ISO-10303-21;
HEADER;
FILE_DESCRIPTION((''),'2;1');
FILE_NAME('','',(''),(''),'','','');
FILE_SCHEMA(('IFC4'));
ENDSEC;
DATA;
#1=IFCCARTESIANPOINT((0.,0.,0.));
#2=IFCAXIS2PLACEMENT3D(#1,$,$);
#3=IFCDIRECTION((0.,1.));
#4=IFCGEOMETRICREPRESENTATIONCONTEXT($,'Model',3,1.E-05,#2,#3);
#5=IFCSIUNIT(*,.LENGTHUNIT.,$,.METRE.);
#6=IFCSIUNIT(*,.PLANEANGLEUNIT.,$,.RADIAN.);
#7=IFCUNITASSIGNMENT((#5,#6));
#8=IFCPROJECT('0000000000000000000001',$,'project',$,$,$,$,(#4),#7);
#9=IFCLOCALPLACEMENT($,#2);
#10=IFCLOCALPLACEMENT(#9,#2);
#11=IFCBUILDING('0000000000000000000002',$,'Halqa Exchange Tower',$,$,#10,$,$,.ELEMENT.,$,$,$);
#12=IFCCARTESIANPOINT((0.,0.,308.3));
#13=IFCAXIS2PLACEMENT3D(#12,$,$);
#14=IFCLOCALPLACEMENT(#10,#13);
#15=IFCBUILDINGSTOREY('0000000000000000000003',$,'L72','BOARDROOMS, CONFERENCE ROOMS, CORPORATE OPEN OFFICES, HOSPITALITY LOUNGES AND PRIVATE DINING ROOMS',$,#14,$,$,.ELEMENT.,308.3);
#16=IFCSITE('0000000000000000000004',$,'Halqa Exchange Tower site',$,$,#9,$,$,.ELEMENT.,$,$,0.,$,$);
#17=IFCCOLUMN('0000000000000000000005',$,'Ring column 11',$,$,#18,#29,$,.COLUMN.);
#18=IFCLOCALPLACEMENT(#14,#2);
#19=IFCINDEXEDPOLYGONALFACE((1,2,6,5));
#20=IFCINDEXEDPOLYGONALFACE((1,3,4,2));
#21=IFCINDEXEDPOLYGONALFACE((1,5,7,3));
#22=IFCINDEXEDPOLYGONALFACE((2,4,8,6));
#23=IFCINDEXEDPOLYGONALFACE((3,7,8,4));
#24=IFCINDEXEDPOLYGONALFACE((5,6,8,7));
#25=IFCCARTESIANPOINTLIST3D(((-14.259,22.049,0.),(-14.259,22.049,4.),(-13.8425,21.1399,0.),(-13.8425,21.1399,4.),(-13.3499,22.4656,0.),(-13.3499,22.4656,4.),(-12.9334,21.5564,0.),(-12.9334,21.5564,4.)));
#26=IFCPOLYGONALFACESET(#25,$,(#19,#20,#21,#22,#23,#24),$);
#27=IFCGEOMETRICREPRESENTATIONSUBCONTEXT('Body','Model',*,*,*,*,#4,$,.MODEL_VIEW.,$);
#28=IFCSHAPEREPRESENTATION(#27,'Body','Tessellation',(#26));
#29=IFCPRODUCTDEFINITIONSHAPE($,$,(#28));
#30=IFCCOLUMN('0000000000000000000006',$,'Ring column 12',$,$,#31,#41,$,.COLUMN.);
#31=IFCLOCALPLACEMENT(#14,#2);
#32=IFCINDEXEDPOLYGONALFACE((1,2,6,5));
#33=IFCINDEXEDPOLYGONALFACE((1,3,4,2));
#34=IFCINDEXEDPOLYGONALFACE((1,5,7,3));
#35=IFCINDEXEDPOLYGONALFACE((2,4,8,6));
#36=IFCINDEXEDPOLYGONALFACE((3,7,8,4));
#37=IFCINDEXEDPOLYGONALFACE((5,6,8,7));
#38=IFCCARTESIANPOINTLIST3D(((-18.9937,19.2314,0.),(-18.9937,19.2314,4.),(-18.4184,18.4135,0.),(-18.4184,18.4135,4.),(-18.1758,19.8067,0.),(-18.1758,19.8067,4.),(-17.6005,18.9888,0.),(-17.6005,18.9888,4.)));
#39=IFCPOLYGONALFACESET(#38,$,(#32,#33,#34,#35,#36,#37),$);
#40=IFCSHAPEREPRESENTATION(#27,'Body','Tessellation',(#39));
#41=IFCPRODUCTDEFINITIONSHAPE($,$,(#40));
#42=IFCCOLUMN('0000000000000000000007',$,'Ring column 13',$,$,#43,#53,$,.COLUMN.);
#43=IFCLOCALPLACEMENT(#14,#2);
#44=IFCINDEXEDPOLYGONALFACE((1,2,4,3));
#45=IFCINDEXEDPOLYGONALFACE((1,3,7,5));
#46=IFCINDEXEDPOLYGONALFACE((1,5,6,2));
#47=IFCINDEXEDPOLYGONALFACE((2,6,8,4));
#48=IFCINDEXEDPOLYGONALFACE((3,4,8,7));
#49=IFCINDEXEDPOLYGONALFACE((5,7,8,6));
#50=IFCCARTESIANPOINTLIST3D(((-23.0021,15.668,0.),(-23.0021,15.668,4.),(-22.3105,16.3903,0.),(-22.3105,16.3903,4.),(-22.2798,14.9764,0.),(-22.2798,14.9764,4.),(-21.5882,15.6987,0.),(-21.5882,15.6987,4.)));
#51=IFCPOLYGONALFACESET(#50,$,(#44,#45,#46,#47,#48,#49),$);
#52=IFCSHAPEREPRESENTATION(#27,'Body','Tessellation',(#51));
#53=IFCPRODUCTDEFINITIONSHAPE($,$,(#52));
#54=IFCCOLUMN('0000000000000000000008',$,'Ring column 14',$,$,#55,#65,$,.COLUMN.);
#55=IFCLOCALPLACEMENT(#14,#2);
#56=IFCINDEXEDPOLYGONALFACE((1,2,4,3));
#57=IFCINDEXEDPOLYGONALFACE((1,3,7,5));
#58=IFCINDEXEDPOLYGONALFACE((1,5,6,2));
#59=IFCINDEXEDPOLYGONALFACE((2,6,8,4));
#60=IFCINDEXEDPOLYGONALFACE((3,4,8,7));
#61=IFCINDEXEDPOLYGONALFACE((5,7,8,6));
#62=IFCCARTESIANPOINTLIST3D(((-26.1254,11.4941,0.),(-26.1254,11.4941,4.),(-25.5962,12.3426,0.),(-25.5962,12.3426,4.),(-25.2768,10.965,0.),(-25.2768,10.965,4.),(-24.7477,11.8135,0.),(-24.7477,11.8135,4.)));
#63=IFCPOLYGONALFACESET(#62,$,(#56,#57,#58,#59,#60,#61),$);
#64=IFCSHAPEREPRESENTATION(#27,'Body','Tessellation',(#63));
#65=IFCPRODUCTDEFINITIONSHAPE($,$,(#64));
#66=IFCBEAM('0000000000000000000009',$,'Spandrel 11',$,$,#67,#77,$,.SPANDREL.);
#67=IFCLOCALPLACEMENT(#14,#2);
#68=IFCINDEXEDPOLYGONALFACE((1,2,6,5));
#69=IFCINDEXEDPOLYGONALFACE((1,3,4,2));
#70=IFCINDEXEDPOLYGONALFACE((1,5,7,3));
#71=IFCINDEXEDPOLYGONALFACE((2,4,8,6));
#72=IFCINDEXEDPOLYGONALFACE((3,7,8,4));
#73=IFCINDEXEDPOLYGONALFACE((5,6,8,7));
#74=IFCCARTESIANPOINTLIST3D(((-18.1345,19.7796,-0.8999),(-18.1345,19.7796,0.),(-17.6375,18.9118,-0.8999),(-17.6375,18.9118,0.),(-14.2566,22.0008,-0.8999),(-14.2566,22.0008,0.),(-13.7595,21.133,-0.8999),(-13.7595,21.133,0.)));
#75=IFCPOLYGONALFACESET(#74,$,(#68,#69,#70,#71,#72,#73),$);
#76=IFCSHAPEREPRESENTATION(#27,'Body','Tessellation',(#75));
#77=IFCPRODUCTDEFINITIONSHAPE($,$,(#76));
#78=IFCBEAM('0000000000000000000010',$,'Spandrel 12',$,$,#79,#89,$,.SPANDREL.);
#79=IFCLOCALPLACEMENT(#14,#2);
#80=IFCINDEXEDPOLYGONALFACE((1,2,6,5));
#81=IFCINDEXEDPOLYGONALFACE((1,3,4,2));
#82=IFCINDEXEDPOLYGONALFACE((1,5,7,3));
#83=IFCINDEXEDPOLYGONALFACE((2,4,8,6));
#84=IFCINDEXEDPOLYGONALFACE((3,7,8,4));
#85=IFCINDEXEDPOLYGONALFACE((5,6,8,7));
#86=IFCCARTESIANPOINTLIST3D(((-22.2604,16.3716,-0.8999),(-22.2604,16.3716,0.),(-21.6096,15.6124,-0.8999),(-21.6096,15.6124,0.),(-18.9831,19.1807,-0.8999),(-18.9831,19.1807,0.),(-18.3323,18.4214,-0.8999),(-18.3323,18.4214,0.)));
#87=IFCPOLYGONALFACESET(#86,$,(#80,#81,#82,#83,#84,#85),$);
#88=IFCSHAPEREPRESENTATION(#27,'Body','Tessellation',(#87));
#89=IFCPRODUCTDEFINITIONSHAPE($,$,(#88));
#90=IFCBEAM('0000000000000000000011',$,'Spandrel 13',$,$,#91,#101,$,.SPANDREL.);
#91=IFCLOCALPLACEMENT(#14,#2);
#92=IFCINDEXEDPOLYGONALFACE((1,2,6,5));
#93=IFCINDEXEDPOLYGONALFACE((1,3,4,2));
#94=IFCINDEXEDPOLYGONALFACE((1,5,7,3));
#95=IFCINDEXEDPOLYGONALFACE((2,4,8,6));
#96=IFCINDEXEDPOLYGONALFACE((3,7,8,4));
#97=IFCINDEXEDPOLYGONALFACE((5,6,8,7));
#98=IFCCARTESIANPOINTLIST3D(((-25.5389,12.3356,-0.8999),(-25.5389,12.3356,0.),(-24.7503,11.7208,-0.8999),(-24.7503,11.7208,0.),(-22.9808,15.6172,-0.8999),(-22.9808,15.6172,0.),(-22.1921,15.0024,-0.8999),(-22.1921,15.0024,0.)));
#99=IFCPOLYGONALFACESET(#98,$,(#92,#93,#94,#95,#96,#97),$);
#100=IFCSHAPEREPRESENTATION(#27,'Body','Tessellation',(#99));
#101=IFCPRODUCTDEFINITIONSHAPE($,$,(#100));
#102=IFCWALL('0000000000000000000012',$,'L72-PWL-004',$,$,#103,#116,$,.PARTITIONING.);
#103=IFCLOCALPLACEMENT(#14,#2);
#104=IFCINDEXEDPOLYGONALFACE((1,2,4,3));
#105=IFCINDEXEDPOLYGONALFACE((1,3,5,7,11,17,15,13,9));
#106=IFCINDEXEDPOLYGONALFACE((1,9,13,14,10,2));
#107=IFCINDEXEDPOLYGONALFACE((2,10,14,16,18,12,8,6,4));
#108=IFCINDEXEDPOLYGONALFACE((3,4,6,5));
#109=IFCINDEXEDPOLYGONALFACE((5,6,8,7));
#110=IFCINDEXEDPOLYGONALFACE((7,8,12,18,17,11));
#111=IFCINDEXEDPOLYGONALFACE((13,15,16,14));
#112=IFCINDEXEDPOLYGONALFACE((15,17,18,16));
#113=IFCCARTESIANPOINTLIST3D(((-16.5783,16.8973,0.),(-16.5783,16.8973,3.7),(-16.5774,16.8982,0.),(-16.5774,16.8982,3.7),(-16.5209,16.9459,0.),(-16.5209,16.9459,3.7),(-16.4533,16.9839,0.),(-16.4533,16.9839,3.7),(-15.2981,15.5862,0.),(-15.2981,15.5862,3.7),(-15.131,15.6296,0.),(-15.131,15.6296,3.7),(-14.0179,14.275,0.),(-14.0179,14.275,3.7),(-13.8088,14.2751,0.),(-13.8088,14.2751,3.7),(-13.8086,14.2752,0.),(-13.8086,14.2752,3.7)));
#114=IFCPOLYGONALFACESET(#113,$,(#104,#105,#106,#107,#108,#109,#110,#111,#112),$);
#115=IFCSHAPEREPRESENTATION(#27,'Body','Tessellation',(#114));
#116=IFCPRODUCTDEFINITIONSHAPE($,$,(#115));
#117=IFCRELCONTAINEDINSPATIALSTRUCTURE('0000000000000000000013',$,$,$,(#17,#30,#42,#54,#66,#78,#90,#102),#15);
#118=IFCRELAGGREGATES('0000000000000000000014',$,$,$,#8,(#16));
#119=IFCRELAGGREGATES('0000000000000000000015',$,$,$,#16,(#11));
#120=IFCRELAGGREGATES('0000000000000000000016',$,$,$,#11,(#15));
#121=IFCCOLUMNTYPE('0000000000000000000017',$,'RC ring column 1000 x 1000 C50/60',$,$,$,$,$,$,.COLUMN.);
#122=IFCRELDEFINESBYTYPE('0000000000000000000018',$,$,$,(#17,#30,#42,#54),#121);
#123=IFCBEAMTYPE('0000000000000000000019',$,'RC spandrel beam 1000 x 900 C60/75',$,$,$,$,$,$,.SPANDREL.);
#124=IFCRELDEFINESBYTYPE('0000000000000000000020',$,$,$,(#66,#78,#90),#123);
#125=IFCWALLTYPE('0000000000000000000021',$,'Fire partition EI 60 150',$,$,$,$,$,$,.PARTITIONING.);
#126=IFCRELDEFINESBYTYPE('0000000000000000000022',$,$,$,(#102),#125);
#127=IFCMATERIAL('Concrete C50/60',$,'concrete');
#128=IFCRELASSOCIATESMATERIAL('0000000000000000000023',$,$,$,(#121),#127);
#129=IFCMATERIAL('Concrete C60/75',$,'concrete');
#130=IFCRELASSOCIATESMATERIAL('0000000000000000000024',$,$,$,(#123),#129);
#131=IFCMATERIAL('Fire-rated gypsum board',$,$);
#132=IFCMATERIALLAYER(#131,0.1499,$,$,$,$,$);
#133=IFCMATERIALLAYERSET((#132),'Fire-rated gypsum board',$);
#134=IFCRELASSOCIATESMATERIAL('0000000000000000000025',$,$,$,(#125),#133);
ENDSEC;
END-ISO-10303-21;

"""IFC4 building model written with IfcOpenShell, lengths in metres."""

from ifc_helpers import new_model, si_unit, direction, frame, origin, origin_2d, place, context, subcontext, project, spatial, polyline, rectangle, outline, extrude, material, layer, layer_set, material_profile, profile_set, type_object, element, save


model = new_model("IFC4")

# Units and contexts
model_context = context("Model", 3, precision=1e-05, world=origin(), true_north=direction((0.0, 1.0)))
body_context = subcontext(model_context, "Body", "Model", "MODEL_VIEW")
ifc_project = project(units=[si_unit("LENGTHUNIT", "METRE"), si_unit("PLANEANGLEUNIT", "RADIAN")], contexts=[model_context])

# Site, building, storey
site_placement = place(None, origin())
site = spatial("IfcSite", under=ifc_project, at=site_placement, Name="Halqa Exchange Tower site", CompositionType="ELEMENT", RefElevation=0.0)
building_placement = place(site_placement, origin())
building = spatial("IfcBuilding", under=site, at=building_placement, Name="Halqa Exchange Tower", CompositionType="ELEMENT")
storey_placement = place(building_placement, frame((0.0, 0.0, 308.3)))
storey = spatial("IfcBuildingStorey", under=building, at=storey_placement, Name="L72", Description="BOARDROOMS, CONFERENCE ROOMS, CORPORATE OPEN OFFICES, HOSPITALITY LOUNGES AND PRIVATE DINING ROOMS", CompositionType="ELEMENT", Elevation=308.3)

# Columns
ifc_material_1 = material(Name="Concrete C50/60", Category="concrete")
ifc_material_profile_1 = material_profile(ifc_material_1, rectangle(XDim=1.0, YDim=1.0, at=origin_2d()), Name="1000 x 1000")
ifc_profile_set_1 = profile_set([ifc_material_profile_1], Name="Concrete C50/60")
column_type = type_object("IfcColumnType", Name="RC ring column 1000 x 1000 C50/60", PredefinedType="COLUMN", material=ifc_profile_set_1)
for number, where, z_axis, x_axis, name in (
    (1, (-13.5962, 21.8027, 0.0), (0.0, 0.0, 1.0), (-0.909126, -0.41652, 0.0), "Ring column 11"),
    (2, (-18.2971, 19.1101, 0.0), (0.0, 0.0, 1.0), (-0.817904, -0.575355, 0.0), "Ring column 12"),
    (3, (-22.2952, 15.6833, 0.0), (0.0, 0.0, 1.0), (-0.691581, -0.722299, 0.0), "Ring column 13"),
    (4, (-25.4365, 11.6538, 0.0), (0.0, 0.0, 1.0), (-0.529151, -0.848528, 0.0), "Ring column 14"),
):
    element("IfcColumn", number, at=place(storey_placement, frame(where, z_axis=z_axis, x_axis=x_axis)), inside=storey, type_object=column_type, Name=name, PredefinedType="COLUMN", context=body_context, shape_type="SweptSolid", body=[
        extrude(rectangle(XDim=1.0, YDim=1.0, at=origin_2d()), origin(), (0.0, 0.0, 1.0), 4.0),
    ])

# Beams
ifc_material_2 = material(Name="Concrete C60/75", Category="concrete")
ifc_material_profile_2 = material_profile(ifc_material_2, rectangle(XDim=1.0, YDim=0.8999, at=origin_2d()), Name="1000 x 900")
ifc_profile_set_2 = profile_set([ifc_material_profile_2], Name="Concrete C60/75")
beam_type = type_object("IfcBeamType", Name="RC spandrel beam 1000 x 900 C60/75", PredefinedType="SPANDREL", material=ifc_profile_set_2)
beam_1_placement = place(storey_placement, frame((-14.0081, 21.5669, -0.45), z_axis=(-0.867738, -0.497021, 0.0), x_axis=(0.497021, -0.867738, 0.0)))
element("IfcBeam", 5, at=beam_1_placement, inside=storey, type_object=beam_type, Name="Spandrel 11", PredefinedType="SPANDREL", context=body_context, shape_type="SweptSolid", body=[
    extrude(rectangle(XDim=1.0, YDim=0.8999, at=origin_2d()), origin(), (0.0, 0.0, 1.0), 4.469),
])
beam_2_placement = place(storey_placement, frame((-18.6577, 18.801, -0.45), z_axis=(-0.759265, -0.650782, 0.0), x_axis=(0.650782, -0.759265, 0.0)))
element("IfcBeam", 6, at=beam_2_placement, inside=storey, type_object=beam_type, Name="Spandrel 12", PredefinedType="SPANDREL", context=body_context, shape_type="SweptSolid", body=[
    extrude(rectangle(XDim=1.0, YDim=0.8999, at=origin_2d()), origin(), (0.0, 0.0, 1.0), 4.3164),
])
beam_3_placement = place(storey_placement, frame((-22.5864, 15.3098, -0.45), z_axis=(-0.614814, -0.788672, 0.0), x_axis=(0.788672, -0.614814, 0.0)))
element("IfcBeam", 7, at=beam_3_placement, inside=storey, type_object=beam_type, Name="Spandrel 13", PredefinedType="SPANDREL", context=body_context, shape_type="SweptSolid", body=[
    extrude(rectangle(XDim=1.0, YDim=0.8999, at=origin_2d()), origin(), (0.0, 0.0, 1.0), 4.1609),
])

# Wall
ifc_material_3 = material(Name="Fire-rated gypsum board")
ifc_layer_1 = layer(ifc_material_3, 0.1499)
ifc_layer_set_1 = layer_set([ifc_layer_1], Name="Fire-rated gypsum board")
wall_type_1 = type_object("IfcWallType", Name="Fire partition EI 60 150", PredefinedType="PARTITIONING", material=ifc_layer_set_1)
wall_1_placement = place(storey_placement, frame((-16.5247, 16.9497, 0.0), z_axis=(0.0, 0.0, 1.0), x_axis=(0.6986, -0.715512, 0.0)))
element("IfcWall", 8, at=wall_1_placement, inside=storey, type_object=wall_type_1, Name="L72-PWL-004", PredefinedType="PARTITIONING", context=body_context, shape_type="SweptSolid", body=[
    extrude(outline(polyline([(0.0, -0.075), (1.8325, -0.075), (3.665, -0.075), (3.811, 0.0747), (3.811, 0.075), (1.9182, 0.075), (0.0254, 0.075), (0.0054, 0.0), (0.0, -0.0737), (0.0, -0.075)])), origin(), (0.0, 0.0, 1.0), 3.7),
])

save(model, "model.ifc")
